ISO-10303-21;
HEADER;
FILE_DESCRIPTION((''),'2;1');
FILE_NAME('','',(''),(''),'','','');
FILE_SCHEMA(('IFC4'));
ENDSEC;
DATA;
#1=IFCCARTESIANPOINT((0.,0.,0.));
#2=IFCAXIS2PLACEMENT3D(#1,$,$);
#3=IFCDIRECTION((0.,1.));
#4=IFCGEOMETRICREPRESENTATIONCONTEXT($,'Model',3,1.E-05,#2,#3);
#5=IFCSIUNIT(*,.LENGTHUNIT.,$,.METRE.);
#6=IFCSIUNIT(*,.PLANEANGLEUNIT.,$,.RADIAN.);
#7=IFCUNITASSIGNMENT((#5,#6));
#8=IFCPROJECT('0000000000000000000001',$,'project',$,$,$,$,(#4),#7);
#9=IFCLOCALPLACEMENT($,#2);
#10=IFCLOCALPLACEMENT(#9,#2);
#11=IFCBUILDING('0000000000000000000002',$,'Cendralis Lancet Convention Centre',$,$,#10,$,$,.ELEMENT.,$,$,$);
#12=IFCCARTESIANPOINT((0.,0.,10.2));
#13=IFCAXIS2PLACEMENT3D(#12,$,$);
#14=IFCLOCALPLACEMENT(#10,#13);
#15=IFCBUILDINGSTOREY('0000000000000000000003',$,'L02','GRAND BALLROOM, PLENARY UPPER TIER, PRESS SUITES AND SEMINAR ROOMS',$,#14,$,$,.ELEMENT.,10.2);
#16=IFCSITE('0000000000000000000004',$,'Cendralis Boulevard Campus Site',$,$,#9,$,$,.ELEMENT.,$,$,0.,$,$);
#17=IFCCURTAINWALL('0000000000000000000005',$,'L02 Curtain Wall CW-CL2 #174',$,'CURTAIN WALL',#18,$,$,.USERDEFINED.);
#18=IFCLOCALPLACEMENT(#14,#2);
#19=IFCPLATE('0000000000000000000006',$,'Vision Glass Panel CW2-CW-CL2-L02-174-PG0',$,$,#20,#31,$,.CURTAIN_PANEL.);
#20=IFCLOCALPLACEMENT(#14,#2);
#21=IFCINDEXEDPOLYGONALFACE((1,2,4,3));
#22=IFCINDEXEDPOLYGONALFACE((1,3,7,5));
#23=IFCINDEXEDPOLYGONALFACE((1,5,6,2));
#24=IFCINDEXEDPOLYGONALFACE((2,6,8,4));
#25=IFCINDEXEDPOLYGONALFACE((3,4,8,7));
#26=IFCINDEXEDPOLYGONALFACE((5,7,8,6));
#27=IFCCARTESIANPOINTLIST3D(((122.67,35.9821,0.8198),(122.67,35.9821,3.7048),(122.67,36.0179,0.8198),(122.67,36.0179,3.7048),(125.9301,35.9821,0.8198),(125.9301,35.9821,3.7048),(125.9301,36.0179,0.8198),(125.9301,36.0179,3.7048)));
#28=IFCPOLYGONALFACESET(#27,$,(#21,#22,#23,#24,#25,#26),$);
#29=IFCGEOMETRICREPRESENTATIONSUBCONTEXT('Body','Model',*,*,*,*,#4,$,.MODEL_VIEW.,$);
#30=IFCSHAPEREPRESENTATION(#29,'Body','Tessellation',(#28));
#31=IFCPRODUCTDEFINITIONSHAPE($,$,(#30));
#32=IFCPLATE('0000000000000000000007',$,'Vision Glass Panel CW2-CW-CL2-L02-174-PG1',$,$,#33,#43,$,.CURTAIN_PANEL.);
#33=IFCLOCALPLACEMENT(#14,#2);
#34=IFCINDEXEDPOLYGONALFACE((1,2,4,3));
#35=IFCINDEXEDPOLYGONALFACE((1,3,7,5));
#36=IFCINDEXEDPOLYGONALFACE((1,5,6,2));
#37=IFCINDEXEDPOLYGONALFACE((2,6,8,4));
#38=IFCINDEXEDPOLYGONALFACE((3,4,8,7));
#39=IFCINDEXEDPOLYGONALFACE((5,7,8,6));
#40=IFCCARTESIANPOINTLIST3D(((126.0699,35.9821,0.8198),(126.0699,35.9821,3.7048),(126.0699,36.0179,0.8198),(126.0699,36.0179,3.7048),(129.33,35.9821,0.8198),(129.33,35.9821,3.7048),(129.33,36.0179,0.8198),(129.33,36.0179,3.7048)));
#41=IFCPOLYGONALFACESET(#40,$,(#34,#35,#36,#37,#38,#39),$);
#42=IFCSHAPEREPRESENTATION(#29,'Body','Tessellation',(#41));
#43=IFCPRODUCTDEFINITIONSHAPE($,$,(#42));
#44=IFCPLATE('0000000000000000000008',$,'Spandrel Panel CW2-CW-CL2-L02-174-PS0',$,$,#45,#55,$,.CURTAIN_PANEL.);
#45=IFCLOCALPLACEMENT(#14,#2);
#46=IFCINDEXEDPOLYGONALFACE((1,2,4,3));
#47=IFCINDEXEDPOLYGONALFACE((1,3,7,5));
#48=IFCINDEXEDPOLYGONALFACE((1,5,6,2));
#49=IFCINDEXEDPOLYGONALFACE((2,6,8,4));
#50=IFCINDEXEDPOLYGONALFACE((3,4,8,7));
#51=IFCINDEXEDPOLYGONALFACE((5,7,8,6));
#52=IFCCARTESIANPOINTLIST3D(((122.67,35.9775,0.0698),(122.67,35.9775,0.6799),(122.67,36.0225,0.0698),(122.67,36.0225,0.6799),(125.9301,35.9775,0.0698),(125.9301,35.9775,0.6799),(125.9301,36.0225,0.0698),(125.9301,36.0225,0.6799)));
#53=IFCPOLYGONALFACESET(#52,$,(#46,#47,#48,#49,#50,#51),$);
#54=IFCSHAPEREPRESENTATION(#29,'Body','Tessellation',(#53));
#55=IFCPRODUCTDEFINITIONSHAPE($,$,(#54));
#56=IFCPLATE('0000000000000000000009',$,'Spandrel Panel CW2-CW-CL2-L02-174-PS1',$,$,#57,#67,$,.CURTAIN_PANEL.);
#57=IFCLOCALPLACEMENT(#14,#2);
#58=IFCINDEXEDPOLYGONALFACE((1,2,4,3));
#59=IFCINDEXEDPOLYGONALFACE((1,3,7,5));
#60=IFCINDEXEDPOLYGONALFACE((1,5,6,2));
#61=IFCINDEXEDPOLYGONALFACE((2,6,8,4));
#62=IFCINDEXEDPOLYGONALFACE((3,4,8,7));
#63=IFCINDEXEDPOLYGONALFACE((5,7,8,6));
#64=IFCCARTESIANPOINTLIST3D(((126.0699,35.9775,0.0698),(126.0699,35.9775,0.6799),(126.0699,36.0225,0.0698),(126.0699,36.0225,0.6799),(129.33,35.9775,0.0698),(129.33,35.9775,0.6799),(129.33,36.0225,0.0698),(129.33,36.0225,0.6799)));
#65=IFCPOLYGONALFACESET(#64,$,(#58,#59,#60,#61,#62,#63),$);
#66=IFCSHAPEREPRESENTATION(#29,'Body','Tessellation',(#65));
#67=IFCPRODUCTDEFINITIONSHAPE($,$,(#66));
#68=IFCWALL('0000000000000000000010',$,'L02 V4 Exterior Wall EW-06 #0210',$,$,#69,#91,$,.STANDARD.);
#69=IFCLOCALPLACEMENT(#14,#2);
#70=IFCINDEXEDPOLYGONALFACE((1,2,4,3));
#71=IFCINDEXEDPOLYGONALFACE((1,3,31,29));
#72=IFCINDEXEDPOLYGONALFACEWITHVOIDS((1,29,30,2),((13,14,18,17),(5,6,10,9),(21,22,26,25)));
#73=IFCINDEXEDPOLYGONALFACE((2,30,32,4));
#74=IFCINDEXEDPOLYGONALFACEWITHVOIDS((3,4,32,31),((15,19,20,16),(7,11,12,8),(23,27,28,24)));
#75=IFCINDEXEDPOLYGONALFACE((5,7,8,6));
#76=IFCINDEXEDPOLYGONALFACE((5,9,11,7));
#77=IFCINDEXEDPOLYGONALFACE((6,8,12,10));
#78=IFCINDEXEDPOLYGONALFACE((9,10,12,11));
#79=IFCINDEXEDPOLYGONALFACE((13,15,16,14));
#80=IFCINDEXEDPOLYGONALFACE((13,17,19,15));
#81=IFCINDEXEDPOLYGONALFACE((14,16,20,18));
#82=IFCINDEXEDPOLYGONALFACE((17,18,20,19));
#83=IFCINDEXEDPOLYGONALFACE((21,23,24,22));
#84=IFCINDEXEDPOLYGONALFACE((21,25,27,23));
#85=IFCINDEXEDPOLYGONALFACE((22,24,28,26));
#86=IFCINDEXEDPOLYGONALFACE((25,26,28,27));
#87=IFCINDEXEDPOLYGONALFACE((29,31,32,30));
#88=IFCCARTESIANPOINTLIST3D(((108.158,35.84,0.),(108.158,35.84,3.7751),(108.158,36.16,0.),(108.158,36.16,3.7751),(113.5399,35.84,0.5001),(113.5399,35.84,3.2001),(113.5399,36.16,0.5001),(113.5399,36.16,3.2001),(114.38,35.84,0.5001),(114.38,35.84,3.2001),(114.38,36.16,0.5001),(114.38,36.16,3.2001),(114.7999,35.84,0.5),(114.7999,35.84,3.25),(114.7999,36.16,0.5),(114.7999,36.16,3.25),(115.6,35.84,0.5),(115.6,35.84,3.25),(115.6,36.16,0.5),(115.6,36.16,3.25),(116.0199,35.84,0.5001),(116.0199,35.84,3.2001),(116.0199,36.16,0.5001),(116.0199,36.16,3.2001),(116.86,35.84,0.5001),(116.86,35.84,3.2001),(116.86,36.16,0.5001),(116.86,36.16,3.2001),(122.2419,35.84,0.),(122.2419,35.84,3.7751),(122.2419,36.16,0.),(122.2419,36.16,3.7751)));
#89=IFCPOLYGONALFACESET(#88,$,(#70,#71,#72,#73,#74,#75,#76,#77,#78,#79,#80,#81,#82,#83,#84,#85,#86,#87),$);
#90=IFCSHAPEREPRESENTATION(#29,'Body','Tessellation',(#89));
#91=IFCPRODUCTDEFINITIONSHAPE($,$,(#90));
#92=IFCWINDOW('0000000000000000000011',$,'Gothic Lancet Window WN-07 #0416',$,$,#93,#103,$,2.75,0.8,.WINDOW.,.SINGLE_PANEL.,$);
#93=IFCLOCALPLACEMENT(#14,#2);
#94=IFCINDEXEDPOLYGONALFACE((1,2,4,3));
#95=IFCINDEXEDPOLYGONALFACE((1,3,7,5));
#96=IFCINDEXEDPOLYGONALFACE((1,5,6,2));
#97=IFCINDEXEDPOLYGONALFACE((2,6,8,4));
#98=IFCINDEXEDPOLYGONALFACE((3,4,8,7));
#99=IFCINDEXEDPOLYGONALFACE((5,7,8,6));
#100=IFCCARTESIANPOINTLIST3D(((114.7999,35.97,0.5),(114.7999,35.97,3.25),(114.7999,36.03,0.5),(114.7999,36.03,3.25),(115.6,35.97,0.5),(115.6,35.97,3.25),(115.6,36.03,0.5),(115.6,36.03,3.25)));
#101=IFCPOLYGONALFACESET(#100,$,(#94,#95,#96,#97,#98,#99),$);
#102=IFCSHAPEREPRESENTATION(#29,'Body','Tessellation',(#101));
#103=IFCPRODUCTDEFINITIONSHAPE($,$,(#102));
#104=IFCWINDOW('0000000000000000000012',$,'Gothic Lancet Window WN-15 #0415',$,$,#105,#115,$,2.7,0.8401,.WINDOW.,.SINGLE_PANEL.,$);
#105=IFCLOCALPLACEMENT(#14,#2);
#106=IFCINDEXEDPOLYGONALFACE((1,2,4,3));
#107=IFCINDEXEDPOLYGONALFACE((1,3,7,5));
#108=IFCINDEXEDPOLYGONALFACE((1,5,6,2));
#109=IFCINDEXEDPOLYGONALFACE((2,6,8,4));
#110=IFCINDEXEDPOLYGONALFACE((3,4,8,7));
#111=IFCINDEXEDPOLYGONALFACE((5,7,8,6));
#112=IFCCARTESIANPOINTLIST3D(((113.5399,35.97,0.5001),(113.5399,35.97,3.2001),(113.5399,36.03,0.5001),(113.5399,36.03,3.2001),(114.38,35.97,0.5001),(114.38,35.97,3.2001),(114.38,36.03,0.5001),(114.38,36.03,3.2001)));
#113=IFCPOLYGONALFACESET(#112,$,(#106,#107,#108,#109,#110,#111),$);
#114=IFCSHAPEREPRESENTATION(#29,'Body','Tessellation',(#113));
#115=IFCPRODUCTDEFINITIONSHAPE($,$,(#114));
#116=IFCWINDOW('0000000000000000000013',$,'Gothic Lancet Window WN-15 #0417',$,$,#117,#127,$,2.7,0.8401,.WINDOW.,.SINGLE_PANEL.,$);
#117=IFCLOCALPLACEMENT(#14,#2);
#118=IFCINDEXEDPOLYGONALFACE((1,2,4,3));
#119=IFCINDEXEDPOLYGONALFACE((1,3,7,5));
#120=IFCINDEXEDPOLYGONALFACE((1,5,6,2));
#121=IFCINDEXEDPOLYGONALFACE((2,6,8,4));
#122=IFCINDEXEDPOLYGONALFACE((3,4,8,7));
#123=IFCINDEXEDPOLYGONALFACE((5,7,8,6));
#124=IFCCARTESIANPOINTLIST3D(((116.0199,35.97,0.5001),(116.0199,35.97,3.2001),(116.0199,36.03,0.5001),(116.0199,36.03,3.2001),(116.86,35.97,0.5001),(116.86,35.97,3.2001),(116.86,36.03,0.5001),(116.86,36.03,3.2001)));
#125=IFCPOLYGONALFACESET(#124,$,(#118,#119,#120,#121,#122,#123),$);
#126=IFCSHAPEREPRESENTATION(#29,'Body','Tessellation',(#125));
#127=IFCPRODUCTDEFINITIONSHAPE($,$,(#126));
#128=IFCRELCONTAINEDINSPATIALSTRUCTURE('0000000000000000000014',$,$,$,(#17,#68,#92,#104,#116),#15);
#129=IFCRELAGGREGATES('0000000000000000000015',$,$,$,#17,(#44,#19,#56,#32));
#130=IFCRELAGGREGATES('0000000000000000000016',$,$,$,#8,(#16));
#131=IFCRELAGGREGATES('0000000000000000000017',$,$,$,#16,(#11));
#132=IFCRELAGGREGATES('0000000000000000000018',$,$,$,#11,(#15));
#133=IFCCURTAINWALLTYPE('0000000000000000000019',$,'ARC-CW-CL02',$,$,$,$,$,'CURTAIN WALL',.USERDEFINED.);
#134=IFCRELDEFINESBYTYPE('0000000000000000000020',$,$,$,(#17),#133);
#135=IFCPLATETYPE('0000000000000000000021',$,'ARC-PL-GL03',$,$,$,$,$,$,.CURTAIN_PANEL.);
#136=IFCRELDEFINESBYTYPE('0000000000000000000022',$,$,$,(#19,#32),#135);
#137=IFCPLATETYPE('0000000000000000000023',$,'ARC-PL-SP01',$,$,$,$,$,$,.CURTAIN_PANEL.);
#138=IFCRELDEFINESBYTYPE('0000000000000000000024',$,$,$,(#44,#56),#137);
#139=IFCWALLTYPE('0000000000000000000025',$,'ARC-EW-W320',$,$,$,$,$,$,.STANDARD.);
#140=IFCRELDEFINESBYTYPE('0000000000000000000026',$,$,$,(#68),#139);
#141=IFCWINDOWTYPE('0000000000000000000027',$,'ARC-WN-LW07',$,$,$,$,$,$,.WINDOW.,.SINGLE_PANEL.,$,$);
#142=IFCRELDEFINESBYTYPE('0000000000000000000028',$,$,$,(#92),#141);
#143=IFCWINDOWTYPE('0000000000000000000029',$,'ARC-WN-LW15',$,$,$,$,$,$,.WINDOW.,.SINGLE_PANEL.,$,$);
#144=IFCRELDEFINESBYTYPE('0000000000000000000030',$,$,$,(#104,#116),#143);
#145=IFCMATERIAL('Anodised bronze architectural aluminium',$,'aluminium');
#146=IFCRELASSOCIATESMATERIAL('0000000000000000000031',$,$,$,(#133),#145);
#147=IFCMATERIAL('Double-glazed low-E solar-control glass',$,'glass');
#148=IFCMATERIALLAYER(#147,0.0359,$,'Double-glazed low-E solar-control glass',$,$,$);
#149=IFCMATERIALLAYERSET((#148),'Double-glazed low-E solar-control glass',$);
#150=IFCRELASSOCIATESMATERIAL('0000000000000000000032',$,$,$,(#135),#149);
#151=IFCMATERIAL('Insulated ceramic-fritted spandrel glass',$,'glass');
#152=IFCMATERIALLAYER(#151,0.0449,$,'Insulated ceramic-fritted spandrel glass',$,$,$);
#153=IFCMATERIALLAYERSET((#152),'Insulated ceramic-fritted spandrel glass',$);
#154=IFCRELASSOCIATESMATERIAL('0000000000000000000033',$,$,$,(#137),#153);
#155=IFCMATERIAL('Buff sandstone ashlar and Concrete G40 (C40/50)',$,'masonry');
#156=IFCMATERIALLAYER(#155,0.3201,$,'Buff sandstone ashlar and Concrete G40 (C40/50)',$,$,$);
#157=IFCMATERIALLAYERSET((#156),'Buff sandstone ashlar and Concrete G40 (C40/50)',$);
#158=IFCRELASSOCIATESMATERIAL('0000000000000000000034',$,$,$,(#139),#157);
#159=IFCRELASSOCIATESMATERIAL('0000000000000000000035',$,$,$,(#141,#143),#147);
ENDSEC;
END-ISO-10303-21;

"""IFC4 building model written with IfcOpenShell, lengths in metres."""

from ifc_helpers import new_model, si_unit, direction, frame, frame_2d, origin, origin_2d, place, context, subcontext, project, spatial, rectangle, extrude, material, layer, layer_set, type_object, element, fill, aggregate, save


model = new_model("IFC4")

# Units and contexts
model_context = context("Model", 3, precision=1e-05, world=origin(), true_north=direction((0.0, 1.0)))
body_context = subcontext(model_context, "Body", "Model", "MODEL_VIEW")
ifc_project = project(units=[si_unit("LENGTHUNIT", "METRE"), si_unit("PLANEANGLEUNIT", "RADIAN")], contexts=[model_context])

# Site, building, storey
site_placement = place(None, origin())
site = spatial("IfcSite", under=ifc_project, at=site_placement, Name="Cendralis Boulevard Campus Site", CompositionType="ELEMENT", RefElevation=0.0)
building_placement = place(site_placement, origin())
building = spatial("IfcBuilding", under=site, at=building_placement, Name="Cendralis Lancet Convention Centre", CompositionType="ELEMENT")
storey_placement = place(building_placement, frame((0.0, 0.0, 10.2)))
storey = spatial("IfcBuildingStorey", under=building, at=storey_placement, Name="L02", Description="GRAND BALLROOM, PLENARY UPPER TIER, PRESS SUITES AND SEMINAR ROOMS", CompositionType="ELEMENT", Elevation=10.2)

# Curtain wall
ifc_material_1 = material(Name="Anodised bronze architectural aluminium", Category="aluminium")
curtain_wall_type = type_object("IfcCurtainWallType", Name="ARC-CW-CL02", ElementType="CURTAIN WALL", PredefinedType="USERDEFINED", material=ifc_material_1)
curtain_wall_placement = place(storey_placement, origin())
curtain_wall = element("IfcCurtainWall", 1, at=curtain_wall_placement, inside=storey, type_object=curtain_wall_type, Name="L02 Curtain Wall CW-CL2 #174", ObjectType="CURTAIN WALL", PredefinedType="USERDEFINED")

# Plates
ifc_material_2 = material(Name="Double-glazed low-E solar-control glass", Category="glass")
ifc_layer_1 = layer(ifc_material_2, 0.0359, Name="Double-glazed low-E solar-control glass")
ifc_layer_set_1 = layer_set([ifc_layer_1], Name="Double-glazed low-E solar-control glass")
plate_type_1 = type_object("IfcPlateType", Name="ARC-PL-GL03", PredefinedType="CURTAIN_PANEL", material=ifc_layer_set_1)
plate_1_placement = place(storey_placement, frame((124.3, 36.0, 0.8198), z_axis=(0.0, 0.0, 1.0), x_axis=(1.0, 0.0, 0.0)))
plate_1 = element("IfcPlate", 2, at=plate_1_placement, type_object=plate_type_1, Name="Vision Glass Panel CW2-CW-CL2-L02-174-PG0", PredefinedType="CURTAIN_PANEL", context=body_context, shape_type="SweptSolid", body=[
    extrude(rectangle(XDim=3.26, YDim=0.0359, at=origin_2d()), origin(), (0.0, 0.0, 1.0), 2.885),
])
plate_2_placement = place(storey_placement, frame((127.7, 36.0, 0.8198), z_axis=(0.0, 0.0, 1.0), x_axis=(1.0, 0.0, 0.0)))
plate_2 = element("IfcPlate", 3, at=plate_2_placement, type_object=plate_type_1, Name="Vision Glass Panel CW2-CW-CL2-L02-174-PG1", PredefinedType="CURTAIN_PANEL", context=body_context, shape_type="SweptSolid", body=[
    extrude(rectangle(XDim=3.26, YDim=0.0359, at=origin_2d()), origin(), (0.0, 0.0, 1.0), 2.885),
])
ifc_material_3 = material(Name="Insulated ceramic-fritted spandrel glass", Category="glass")
ifc_layer_2 = layer(ifc_material_3, 0.0449, Name="Insulated ceramic-fritted spandrel glass")
ifc_layer_set_2 = layer_set([ifc_layer_2], Name="Insulated ceramic-fritted spandrel glass")
plate_type_2 = type_object("IfcPlateType", Name="ARC-PL-SP01", PredefinedType="CURTAIN_PANEL", material=ifc_layer_set_2)
plate_3_placement = place(storey_placement, frame((124.3, 36.0, 0.0698), z_axis=(0.0, 0.0, 1.0), x_axis=(1.0, 0.0, 0.0)))
plate_3 = element("IfcPlate", 4, at=plate_3_placement, type_object=plate_type_2, Name="Spandrel Panel CW2-CW-CL2-L02-174-PS0", PredefinedType="CURTAIN_PANEL", context=body_context, shape_type="SweptSolid", body=[
    extrude(rectangle(XDim=3.26, YDim=0.0449, at=origin_2d()), origin(), (0.0, 0.0, 1.0), 0.6101),
])
plate_4_placement = place(storey_placement, frame((127.7, 36.0, 0.0698), z_axis=(0.0, 0.0, 1.0), x_axis=(1.0, 0.0, 0.0)))
plate_4 = element("IfcPlate", 5, at=plate_4_placement, type_object=plate_type_2, Name="Spandrel Panel CW2-CW-CL2-L02-174-PS1", PredefinedType="CURTAIN_PANEL", context=body_context, shape_type="SweptSolid", body=[
    extrude(rectangle(XDim=3.26, YDim=0.0449, at=origin_2d()), origin(), (0.0, 0.0, 1.0), 0.6101),
])
aggregate(curtain_wall, [plate_3, plate_1, plate_4, plate_2])

# Wall, openings, windows
ifc_material_4 = material(Name="Buff sandstone ashlar and Concrete G40 (C40/50)", Category="masonry")
ifc_layer_3 = layer(ifc_material_4, 0.3201, Name="Buff sandstone ashlar and Concrete G40 (C40/50)")
ifc_layer_set_3 = layer_set([ifc_layer_3], Name="Buff sandstone ashlar and Concrete G40 (C40/50)")
wall_type = type_object("IfcWallType", Name="ARC-EW-W320", PredefinedType="STANDARD", material=ifc_layer_set_3)
wall_1_placement = place(storey_placement, frame((108.158, 36.0, 0.0), z_axis=(0.0, 0.0, 1.0), x_axis=(1.0, 0.0, 0.0)))
wall_1 = element("IfcWall", 6, at=wall_1_placement, inside=storey, type_object=wall_type, Name="L02 V4 Exterior Wall EW-06 #0210", PredefinedType="STANDARD", context=body_context, shape_type="SweptSolid", body=[
    extrude(rectangle(XDim=14.084, YDim=0.3201, at=frame_2d((7.042, 0.0))), origin(), (0.0, 0.0, 1.0), 3.7751),
])
opening_1_placement = place(wall_1_placement, frame((5.3821, 0.0, 0.5)))
opening_1 = element("IfcOpeningElement", 7, at=opening_1_placement, cuts=wall_1, PredefinedType="OPENING", context=body_context, shape_type="SweptSolid", body=[
    extrude(rectangle(XDim=0.8401, YDim=2.7, at=frame_2d((0.4199, 1.3501))), frame((0.0, 0.1699, 0.0), z_axis=(0.0, -1.0, 0.0), x_axis=(1.0, 0.0, 0.0)), (0.0, 0.0, 1.0), 0.3401),
])
opening_2_placement = place(wall_1_placement, frame((6.6421, 0.0, 0.5)))
opening_2 = element("IfcOpeningElement", 8, at=opening_2_placement, cuts=wall_1, PredefinedType="OPENING", context=body_context, shape_type="SweptSolid", body=[
    extrude(rectangle(XDim=0.8, YDim=2.75, at=frame_2d((0.3999, 1.375))), frame((0.0, 0.1699, 0.0), z_axis=(0.0, -1.0, 0.0), x_axis=(1.0, 0.0, 0.0)), (0.0, 0.0, 1.0), 0.3401),
])
opening_3_placement = place(wall_1_placement, frame((7.8621, 0.0, 0.5)))
opening_3 = element("IfcOpeningElement", 9, at=opening_3_placement, cuts=wall_1, PredefinedType="OPENING", context=body_context, shape_type="SweptSolid", body=[
    extrude(rectangle(XDim=0.8401, YDim=2.7, at=frame_2d((0.4199, 1.3501))), frame((0.0, 0.1699, 0.0), z_axis=(0.0, -1.0, 0.0), x_axis=(1.0, 0.0, 0.0)), (0.0, 0.0, 1.0), 0.3401),
])
window_type_1 = type_object("IfcWindowType", Name="ARC-WN-LW07", PartitioningType="SINGLE_PANEL", PredefinedType="WINDOW", material=ifc_material_2)
window_1_placement = place(opening_2_placement, origin())
window_1 = element("IfcWindow", 10, at=window_1_placement, inside=storey, type_object=window_type_1, Name="Gothic Lancet Window WN-07 #0416", OverallHeight=2.75, OverallWidth=0.8, PartitioningType="SINGLE_PANEL", PredefinedType="WINDOW", context=body_context, shape_type="SweptSolid", body=[
    extrude(rectangle(XDim=0.8, YDim=2.75, at=frame_2d((0.3999, 1.375))), frame((0.0, 0.03, 0.0), z_axis=(0.0, -1.0, 0.0), x_axis=(1.0, 0.0, 0.0)), (0.0, 0.0, 1.0), 0.0601),
])
fill(opening_2, window_1)
window_type_2 = type_object("IfcWindowType", Name="ARC-WN-LW15", PartitioningType="SINGLE_PANEL", PredefinedType="WINDOW", material=ifc_material_2)
window_2_placement = place(opening_1_placement, origin())
window_2 = element("IfcWindow", 11, at=window_2_placement, inside=storey, type_object=window_type_2, Name="Gothic Lancet Window WN-15 #0415", OverallHeight=2.7, OverallWidth=0.8401, PartitioningType="SINGLE_PANEL", PredefinedType="WINDOW", context=body_context, shape_type="SweptSolid", body=[
    extrude(rectangle(XDim=0.8401, YDim=2.7, at=frame_2d((0.4199, 1.3501))), frame((0.0, 0.03, 0.0), z_axis=(0.0, -1.0, 0.0), x_axis=(1.0, 0.0, 0.0)), (0.0, 0.0, 1.0), 0.0601),
])
fill(opening_1, window_2)
window_3_placement = place(opening_3_placement, origin())
window_3 = element("IfcWindow", 12, at=window_3_placement, inside=storey, type_object=window_type_2, Name="Gothic Lancet Window WN-15 #0417", OverallHeight=2.7, OverallWidth=0.8401, PartitioningType="SINGLE_PANEL", PredefinedType="WINDOW", context=body_context, shape_type="SweptSolid", body=[
    extrude(rectangle(XDim=0.8401, YDim=2.7, at=frame_2d((0.4199, 1.3501))), frame((0.0, 0.03, 0.0), z_axis=(0.0, -1.0, 0.0), x_axis=(1.0, 0.0, 0.0)), (0.0, 0.0, 1.0), 0.0601),
])
fill(opening_3, window_3)

save(model, "model.ifc")
